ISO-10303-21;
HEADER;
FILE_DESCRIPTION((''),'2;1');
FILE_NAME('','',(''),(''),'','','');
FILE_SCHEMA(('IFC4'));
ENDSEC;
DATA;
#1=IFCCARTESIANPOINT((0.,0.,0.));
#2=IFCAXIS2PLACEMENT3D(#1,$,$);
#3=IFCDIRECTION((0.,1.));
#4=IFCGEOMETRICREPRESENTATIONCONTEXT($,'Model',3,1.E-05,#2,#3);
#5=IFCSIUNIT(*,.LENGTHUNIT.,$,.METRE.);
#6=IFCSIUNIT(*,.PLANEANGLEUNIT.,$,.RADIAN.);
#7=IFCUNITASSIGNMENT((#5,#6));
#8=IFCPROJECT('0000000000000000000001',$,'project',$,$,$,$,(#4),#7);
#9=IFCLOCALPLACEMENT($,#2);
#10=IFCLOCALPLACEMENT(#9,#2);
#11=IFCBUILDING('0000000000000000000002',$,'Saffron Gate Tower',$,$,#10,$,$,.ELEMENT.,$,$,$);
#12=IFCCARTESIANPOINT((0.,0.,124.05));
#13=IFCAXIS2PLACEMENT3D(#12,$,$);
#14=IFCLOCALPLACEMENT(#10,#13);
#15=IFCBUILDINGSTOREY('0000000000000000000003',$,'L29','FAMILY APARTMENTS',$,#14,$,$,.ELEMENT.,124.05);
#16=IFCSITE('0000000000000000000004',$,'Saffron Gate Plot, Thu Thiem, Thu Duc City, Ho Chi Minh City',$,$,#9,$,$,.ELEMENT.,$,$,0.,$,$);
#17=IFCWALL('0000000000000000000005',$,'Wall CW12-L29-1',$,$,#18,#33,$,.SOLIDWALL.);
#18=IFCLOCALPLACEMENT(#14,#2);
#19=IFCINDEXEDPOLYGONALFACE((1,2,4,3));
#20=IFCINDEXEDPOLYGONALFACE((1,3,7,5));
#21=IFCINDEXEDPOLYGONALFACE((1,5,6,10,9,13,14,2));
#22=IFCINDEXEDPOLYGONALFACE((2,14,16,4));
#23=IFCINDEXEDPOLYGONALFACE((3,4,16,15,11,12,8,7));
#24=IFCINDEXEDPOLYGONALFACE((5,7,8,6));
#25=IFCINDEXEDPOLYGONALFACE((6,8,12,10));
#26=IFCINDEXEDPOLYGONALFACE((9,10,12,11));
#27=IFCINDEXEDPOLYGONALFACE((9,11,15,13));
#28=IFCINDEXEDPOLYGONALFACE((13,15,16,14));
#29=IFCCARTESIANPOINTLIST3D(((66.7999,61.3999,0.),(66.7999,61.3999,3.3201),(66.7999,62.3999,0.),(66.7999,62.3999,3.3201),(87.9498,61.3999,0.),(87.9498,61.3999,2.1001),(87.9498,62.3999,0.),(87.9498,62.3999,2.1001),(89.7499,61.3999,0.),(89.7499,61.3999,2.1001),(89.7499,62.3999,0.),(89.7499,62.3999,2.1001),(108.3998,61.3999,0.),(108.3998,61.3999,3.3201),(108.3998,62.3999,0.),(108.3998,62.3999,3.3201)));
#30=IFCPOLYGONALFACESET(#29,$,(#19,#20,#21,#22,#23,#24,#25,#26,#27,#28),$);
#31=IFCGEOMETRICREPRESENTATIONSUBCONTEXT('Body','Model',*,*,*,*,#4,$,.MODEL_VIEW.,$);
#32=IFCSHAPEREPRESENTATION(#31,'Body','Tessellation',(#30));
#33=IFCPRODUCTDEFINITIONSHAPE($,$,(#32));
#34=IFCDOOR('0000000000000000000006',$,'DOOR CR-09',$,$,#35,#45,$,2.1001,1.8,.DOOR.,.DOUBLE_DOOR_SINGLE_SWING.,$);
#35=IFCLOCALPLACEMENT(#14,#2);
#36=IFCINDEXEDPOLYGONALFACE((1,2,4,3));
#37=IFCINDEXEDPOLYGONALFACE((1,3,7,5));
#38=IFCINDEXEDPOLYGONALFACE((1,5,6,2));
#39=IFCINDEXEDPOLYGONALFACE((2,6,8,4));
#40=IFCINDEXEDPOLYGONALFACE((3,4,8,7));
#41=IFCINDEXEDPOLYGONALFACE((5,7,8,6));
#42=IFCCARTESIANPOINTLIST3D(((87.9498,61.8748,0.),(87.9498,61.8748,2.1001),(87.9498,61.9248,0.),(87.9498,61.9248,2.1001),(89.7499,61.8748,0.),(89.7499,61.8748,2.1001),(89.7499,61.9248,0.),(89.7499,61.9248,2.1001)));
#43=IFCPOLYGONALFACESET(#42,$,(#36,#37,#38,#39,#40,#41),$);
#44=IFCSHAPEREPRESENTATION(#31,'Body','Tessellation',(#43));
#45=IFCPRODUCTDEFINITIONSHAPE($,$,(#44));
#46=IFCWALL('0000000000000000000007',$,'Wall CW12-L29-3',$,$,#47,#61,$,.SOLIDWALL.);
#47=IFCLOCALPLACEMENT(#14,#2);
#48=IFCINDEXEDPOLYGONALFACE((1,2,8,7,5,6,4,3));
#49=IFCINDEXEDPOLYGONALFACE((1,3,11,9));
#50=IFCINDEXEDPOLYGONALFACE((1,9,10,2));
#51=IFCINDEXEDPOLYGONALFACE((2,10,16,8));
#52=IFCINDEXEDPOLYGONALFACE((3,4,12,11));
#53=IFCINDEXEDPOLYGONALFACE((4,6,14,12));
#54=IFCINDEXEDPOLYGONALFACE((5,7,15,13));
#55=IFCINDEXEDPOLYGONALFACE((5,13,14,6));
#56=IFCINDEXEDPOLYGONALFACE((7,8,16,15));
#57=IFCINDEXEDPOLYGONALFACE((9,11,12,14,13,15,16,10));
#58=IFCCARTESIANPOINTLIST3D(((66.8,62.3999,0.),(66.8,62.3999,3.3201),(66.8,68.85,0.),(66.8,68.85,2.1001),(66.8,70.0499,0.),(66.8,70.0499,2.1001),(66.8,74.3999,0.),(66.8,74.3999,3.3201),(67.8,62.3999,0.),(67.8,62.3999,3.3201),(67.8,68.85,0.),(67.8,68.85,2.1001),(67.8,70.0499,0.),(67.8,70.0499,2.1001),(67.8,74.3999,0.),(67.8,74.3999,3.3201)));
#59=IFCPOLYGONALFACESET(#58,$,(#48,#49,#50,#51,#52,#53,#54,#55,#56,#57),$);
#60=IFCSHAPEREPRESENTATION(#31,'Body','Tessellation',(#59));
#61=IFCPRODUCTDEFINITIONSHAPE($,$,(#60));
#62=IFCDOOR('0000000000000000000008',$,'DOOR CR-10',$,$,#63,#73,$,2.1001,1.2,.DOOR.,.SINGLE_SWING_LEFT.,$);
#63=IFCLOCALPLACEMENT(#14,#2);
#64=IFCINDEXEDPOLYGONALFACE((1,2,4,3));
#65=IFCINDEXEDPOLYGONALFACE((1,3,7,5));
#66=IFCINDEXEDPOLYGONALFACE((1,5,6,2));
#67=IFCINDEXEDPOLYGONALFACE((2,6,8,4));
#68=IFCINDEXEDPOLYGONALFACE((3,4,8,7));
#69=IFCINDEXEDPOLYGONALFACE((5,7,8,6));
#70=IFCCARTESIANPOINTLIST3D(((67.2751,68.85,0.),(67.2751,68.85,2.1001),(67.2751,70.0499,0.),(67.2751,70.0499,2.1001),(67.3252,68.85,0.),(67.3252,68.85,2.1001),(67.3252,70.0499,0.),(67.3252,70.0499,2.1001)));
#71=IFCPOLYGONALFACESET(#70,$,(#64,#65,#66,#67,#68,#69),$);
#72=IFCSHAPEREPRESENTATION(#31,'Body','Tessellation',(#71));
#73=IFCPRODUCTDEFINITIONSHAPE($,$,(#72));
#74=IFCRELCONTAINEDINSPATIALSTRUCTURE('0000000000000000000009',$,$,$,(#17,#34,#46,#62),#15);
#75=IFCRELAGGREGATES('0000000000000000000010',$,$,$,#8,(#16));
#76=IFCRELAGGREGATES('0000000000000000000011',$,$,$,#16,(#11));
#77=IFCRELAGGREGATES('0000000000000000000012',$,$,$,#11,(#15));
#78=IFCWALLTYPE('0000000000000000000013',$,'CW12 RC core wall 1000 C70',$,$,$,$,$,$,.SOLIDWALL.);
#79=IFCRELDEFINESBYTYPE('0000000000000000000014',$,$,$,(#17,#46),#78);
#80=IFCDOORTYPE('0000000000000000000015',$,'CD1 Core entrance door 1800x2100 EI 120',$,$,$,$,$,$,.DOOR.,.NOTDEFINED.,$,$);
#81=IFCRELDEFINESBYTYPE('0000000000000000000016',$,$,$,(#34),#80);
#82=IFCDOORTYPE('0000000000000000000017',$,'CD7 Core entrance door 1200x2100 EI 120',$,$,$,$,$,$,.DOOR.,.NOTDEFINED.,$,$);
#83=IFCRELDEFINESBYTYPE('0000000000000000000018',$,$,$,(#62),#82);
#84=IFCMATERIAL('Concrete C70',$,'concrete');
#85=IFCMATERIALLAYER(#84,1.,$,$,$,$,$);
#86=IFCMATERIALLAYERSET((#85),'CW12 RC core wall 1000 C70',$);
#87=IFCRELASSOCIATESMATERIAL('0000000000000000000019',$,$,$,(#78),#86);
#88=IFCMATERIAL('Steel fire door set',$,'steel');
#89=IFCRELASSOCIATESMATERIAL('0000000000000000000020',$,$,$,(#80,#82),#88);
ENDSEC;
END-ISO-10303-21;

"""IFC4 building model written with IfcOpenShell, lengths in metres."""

from ifc_helpers import new_model, si_unit, direction, frame, frame_2d, origin, place, context, subcontext, project, spatial, rectangle, extrude, material, layer, layer_set, type_object, element, fill, save


model = new_model("IFC4")

# Units and contexts
model_context = context("Model", 3, precision=1e-05, world=origin(), true_north=direction((0.0, 1.0)))
body_context = subcontext(model_context, "Body", "Model", "MODEL_VIEW")
ifc_project = project(units=[si_unit("LENGTHUNIT", "METRE"), si_unit("PLANEANGLEUNIT", "RADIAN")], contexts=[model_context])

# Site, building, storey
site_placement = place(None, origin())
site = spatial("IfcSite", under=ifc_project, at=site_placement, Name="Saffron Gate Plot, Thu Thiem, Thu Duc City, Ho Chi Minh City", CompositionType="ELEMENT", RefElevation=0.0)
building_placement = place(site_placement, origin())
building = spatial("IfcBuilding", under=site, at=building_placement, Name="Saffron Gate Tower", CompositionType="ELEMENT")
storey_placement = place(building_placement, frame((0.0, 0.0, 124.05)))
storey = spatial("IfcBuildingStorey", under=building, at=storey_placement, Name="L29", Description="FAMILY APARTMENTS", CompositionType="ELEMENT", Elevation=124.05)

# Walls, openings, doors
ifc_material_1 = material(Name="Concrete C70", Category="concrete")
ifc_layer_1 = layer(ifc_material_1, 1.0)
ifc_layer_set_1 = layer_set([ifc_layer_1], Name="CW12 RC core wall 1000 C70")
wall_type_1 = type_object("IfcWallType", Name="CW12 RC core wall 1000 C70", PredefinedType="SOLIDWALL", material=ifc_layer_set_1)
wall_1_placement = place(storey_placement, frame((66.8, 61.8999, 0.0), z_axis=(0.0, 0.0, 1.0), x_axis=(1.0, 0.0, 0.0)))
wall_1 = element("IfcWall", 1, at=wall_1_placement, inside=storey, type_object=wall_type_1, Name="Wall CW12-L29-1", PredefinedType="SOLIDWALL", context=body_context, shape_type="SweptSolid", body=[
    extrude(rectangle(XDim=41.5999, YDim=1.0, at=frame_2d((20.7998, 0.0))), origin(), (0.0, 0.0, 1.0), 3.3201),
])
opening_1_placement = place(wall_1_placement, frame((21.1499, 0.0, 0.0)))
opening_1 = element("IfcOpeningElement", 2, at=opening_1_placement, cuts=wall_1, PredefinedType="OPENING", context=body_context, shape_type="SweptSolid", body=[
    extrude(rectangle(XDim=1.8, YDim=2.1001, at=frame_2d((0.8999, 1.05))), frame((0.0, 0.51, 0.0), z_axis=(0.0, -1.0, 0.0), x_axis=(1.0, 0.0, 0.0)), (0.0, 0.0, 1.0), 1.02),
])
ifc_material_2 = material(Name="Steel fire door set", Category="steel")
door_type_1 = type_object("IfcDoorType", Name="CD1 Core entrance door 1800x2100 EI 120", OperationType="NOTDEFINED", PredefinedType="DOOR", material=ifc_material_2)
door_1_placement = place(opening_1_placement, origin())
door_1 = element("IfcDoor", 3, at=door_1_placement, inside=storey, type_object=door_type_1, Name="DOOR CR-09", OperationType="DOUBLE_DOOR_SINGLE_SWING", OverallHeight=2.1001, OverallWidth=1.8, PredefinedType="DOOR", context=body_context, shape_type="SweptSolid", body=[
    extrude(rectangle(XDim=1.8, YDim=2.1001, at=frame_2d((0.8999, 1.05))), frame((0.0, 0.0249, 0.0), z_axis=(0.0, -1.0, 0.0), x_axis=(1.0, 0.0, 0.0)), (0.0, 0.0, 1.0), 0.05),
])
fill(opening_1, door_1)
wall_2_placement = place(storey_placement, frame((67.3, 62.3999, 0.0), z_axis=(0.0, 0.0, 1.0), x_axis=(0.0, 1.0, 0.0)))
wall_2 = element("IfcWall", 4, at=wall_2_placement, inside=storey, type_object=wall_type_1, Name="Wall CW12-L29-3", PredefinedType="SOLIDWALL", context=body_context, shape_type="SweptSolid", body=[
    extrude(rectangle(XDim=12.0, YDim=1.0, at=frame_2d((6.0, 0.0))), origin(), (0.0, 0.0, 1.0), 3.3201),
])
opening_2_placement = place(wall_2_placement, frame((6.45, 0.0, 0.0)))
opening_2 = element("IfcOpeningElement", 5, at=opening_2_placement, cuts=wall_2, PredefinedType="OPENING", context=body_context, shape_type="SweptSolid", body=[
    extrude(rectangle(XDim=1.2, YDim=2.1001, at=frame_2d((0.6001, 1.05))), frame((0.0, 0.51, 0.0), z_axis=(0.0, -1.0, 0.0), x_axis=(1.0, 0.0, 0.0)), (0.0, 0.0, 1.0), 1.02),
])
door_type_2 = type_object("IfcDoorType", Name="CD7 Core entrance door 1200x2100 EI 120", OperationType="NOTDEFINED", PredefinedType="DOOR", material=ifc_material_2)
door_2_placement = place(opening_2_placement, origin())
door_2 = element("IfcDoor", 6, at=door_2_placement, inside=storey, type_object=door_type_2, Name="DOOR CR-10", OperationType="SINGLE_SWING_LEFT", OverallHeight=2.1001, OverallWidth=1.2, PredefinedType="DOOR", context=body_context, shape_type="SweptSolid", body=[
    extrude(rectangle(XDim=1.2, YDim=2.1001, at=frame_2d((0.6001, 1.05))), frame((0.0, 0.0249, 0.0), z_axis=(0.0, -1.0, 0.0), x_axis=(1.0, 0.0, 0.0)), (0.0, 0.0, 1.0), 0.05),
])
fill(opening_2, door_2)

save(model, "model.ifc")
